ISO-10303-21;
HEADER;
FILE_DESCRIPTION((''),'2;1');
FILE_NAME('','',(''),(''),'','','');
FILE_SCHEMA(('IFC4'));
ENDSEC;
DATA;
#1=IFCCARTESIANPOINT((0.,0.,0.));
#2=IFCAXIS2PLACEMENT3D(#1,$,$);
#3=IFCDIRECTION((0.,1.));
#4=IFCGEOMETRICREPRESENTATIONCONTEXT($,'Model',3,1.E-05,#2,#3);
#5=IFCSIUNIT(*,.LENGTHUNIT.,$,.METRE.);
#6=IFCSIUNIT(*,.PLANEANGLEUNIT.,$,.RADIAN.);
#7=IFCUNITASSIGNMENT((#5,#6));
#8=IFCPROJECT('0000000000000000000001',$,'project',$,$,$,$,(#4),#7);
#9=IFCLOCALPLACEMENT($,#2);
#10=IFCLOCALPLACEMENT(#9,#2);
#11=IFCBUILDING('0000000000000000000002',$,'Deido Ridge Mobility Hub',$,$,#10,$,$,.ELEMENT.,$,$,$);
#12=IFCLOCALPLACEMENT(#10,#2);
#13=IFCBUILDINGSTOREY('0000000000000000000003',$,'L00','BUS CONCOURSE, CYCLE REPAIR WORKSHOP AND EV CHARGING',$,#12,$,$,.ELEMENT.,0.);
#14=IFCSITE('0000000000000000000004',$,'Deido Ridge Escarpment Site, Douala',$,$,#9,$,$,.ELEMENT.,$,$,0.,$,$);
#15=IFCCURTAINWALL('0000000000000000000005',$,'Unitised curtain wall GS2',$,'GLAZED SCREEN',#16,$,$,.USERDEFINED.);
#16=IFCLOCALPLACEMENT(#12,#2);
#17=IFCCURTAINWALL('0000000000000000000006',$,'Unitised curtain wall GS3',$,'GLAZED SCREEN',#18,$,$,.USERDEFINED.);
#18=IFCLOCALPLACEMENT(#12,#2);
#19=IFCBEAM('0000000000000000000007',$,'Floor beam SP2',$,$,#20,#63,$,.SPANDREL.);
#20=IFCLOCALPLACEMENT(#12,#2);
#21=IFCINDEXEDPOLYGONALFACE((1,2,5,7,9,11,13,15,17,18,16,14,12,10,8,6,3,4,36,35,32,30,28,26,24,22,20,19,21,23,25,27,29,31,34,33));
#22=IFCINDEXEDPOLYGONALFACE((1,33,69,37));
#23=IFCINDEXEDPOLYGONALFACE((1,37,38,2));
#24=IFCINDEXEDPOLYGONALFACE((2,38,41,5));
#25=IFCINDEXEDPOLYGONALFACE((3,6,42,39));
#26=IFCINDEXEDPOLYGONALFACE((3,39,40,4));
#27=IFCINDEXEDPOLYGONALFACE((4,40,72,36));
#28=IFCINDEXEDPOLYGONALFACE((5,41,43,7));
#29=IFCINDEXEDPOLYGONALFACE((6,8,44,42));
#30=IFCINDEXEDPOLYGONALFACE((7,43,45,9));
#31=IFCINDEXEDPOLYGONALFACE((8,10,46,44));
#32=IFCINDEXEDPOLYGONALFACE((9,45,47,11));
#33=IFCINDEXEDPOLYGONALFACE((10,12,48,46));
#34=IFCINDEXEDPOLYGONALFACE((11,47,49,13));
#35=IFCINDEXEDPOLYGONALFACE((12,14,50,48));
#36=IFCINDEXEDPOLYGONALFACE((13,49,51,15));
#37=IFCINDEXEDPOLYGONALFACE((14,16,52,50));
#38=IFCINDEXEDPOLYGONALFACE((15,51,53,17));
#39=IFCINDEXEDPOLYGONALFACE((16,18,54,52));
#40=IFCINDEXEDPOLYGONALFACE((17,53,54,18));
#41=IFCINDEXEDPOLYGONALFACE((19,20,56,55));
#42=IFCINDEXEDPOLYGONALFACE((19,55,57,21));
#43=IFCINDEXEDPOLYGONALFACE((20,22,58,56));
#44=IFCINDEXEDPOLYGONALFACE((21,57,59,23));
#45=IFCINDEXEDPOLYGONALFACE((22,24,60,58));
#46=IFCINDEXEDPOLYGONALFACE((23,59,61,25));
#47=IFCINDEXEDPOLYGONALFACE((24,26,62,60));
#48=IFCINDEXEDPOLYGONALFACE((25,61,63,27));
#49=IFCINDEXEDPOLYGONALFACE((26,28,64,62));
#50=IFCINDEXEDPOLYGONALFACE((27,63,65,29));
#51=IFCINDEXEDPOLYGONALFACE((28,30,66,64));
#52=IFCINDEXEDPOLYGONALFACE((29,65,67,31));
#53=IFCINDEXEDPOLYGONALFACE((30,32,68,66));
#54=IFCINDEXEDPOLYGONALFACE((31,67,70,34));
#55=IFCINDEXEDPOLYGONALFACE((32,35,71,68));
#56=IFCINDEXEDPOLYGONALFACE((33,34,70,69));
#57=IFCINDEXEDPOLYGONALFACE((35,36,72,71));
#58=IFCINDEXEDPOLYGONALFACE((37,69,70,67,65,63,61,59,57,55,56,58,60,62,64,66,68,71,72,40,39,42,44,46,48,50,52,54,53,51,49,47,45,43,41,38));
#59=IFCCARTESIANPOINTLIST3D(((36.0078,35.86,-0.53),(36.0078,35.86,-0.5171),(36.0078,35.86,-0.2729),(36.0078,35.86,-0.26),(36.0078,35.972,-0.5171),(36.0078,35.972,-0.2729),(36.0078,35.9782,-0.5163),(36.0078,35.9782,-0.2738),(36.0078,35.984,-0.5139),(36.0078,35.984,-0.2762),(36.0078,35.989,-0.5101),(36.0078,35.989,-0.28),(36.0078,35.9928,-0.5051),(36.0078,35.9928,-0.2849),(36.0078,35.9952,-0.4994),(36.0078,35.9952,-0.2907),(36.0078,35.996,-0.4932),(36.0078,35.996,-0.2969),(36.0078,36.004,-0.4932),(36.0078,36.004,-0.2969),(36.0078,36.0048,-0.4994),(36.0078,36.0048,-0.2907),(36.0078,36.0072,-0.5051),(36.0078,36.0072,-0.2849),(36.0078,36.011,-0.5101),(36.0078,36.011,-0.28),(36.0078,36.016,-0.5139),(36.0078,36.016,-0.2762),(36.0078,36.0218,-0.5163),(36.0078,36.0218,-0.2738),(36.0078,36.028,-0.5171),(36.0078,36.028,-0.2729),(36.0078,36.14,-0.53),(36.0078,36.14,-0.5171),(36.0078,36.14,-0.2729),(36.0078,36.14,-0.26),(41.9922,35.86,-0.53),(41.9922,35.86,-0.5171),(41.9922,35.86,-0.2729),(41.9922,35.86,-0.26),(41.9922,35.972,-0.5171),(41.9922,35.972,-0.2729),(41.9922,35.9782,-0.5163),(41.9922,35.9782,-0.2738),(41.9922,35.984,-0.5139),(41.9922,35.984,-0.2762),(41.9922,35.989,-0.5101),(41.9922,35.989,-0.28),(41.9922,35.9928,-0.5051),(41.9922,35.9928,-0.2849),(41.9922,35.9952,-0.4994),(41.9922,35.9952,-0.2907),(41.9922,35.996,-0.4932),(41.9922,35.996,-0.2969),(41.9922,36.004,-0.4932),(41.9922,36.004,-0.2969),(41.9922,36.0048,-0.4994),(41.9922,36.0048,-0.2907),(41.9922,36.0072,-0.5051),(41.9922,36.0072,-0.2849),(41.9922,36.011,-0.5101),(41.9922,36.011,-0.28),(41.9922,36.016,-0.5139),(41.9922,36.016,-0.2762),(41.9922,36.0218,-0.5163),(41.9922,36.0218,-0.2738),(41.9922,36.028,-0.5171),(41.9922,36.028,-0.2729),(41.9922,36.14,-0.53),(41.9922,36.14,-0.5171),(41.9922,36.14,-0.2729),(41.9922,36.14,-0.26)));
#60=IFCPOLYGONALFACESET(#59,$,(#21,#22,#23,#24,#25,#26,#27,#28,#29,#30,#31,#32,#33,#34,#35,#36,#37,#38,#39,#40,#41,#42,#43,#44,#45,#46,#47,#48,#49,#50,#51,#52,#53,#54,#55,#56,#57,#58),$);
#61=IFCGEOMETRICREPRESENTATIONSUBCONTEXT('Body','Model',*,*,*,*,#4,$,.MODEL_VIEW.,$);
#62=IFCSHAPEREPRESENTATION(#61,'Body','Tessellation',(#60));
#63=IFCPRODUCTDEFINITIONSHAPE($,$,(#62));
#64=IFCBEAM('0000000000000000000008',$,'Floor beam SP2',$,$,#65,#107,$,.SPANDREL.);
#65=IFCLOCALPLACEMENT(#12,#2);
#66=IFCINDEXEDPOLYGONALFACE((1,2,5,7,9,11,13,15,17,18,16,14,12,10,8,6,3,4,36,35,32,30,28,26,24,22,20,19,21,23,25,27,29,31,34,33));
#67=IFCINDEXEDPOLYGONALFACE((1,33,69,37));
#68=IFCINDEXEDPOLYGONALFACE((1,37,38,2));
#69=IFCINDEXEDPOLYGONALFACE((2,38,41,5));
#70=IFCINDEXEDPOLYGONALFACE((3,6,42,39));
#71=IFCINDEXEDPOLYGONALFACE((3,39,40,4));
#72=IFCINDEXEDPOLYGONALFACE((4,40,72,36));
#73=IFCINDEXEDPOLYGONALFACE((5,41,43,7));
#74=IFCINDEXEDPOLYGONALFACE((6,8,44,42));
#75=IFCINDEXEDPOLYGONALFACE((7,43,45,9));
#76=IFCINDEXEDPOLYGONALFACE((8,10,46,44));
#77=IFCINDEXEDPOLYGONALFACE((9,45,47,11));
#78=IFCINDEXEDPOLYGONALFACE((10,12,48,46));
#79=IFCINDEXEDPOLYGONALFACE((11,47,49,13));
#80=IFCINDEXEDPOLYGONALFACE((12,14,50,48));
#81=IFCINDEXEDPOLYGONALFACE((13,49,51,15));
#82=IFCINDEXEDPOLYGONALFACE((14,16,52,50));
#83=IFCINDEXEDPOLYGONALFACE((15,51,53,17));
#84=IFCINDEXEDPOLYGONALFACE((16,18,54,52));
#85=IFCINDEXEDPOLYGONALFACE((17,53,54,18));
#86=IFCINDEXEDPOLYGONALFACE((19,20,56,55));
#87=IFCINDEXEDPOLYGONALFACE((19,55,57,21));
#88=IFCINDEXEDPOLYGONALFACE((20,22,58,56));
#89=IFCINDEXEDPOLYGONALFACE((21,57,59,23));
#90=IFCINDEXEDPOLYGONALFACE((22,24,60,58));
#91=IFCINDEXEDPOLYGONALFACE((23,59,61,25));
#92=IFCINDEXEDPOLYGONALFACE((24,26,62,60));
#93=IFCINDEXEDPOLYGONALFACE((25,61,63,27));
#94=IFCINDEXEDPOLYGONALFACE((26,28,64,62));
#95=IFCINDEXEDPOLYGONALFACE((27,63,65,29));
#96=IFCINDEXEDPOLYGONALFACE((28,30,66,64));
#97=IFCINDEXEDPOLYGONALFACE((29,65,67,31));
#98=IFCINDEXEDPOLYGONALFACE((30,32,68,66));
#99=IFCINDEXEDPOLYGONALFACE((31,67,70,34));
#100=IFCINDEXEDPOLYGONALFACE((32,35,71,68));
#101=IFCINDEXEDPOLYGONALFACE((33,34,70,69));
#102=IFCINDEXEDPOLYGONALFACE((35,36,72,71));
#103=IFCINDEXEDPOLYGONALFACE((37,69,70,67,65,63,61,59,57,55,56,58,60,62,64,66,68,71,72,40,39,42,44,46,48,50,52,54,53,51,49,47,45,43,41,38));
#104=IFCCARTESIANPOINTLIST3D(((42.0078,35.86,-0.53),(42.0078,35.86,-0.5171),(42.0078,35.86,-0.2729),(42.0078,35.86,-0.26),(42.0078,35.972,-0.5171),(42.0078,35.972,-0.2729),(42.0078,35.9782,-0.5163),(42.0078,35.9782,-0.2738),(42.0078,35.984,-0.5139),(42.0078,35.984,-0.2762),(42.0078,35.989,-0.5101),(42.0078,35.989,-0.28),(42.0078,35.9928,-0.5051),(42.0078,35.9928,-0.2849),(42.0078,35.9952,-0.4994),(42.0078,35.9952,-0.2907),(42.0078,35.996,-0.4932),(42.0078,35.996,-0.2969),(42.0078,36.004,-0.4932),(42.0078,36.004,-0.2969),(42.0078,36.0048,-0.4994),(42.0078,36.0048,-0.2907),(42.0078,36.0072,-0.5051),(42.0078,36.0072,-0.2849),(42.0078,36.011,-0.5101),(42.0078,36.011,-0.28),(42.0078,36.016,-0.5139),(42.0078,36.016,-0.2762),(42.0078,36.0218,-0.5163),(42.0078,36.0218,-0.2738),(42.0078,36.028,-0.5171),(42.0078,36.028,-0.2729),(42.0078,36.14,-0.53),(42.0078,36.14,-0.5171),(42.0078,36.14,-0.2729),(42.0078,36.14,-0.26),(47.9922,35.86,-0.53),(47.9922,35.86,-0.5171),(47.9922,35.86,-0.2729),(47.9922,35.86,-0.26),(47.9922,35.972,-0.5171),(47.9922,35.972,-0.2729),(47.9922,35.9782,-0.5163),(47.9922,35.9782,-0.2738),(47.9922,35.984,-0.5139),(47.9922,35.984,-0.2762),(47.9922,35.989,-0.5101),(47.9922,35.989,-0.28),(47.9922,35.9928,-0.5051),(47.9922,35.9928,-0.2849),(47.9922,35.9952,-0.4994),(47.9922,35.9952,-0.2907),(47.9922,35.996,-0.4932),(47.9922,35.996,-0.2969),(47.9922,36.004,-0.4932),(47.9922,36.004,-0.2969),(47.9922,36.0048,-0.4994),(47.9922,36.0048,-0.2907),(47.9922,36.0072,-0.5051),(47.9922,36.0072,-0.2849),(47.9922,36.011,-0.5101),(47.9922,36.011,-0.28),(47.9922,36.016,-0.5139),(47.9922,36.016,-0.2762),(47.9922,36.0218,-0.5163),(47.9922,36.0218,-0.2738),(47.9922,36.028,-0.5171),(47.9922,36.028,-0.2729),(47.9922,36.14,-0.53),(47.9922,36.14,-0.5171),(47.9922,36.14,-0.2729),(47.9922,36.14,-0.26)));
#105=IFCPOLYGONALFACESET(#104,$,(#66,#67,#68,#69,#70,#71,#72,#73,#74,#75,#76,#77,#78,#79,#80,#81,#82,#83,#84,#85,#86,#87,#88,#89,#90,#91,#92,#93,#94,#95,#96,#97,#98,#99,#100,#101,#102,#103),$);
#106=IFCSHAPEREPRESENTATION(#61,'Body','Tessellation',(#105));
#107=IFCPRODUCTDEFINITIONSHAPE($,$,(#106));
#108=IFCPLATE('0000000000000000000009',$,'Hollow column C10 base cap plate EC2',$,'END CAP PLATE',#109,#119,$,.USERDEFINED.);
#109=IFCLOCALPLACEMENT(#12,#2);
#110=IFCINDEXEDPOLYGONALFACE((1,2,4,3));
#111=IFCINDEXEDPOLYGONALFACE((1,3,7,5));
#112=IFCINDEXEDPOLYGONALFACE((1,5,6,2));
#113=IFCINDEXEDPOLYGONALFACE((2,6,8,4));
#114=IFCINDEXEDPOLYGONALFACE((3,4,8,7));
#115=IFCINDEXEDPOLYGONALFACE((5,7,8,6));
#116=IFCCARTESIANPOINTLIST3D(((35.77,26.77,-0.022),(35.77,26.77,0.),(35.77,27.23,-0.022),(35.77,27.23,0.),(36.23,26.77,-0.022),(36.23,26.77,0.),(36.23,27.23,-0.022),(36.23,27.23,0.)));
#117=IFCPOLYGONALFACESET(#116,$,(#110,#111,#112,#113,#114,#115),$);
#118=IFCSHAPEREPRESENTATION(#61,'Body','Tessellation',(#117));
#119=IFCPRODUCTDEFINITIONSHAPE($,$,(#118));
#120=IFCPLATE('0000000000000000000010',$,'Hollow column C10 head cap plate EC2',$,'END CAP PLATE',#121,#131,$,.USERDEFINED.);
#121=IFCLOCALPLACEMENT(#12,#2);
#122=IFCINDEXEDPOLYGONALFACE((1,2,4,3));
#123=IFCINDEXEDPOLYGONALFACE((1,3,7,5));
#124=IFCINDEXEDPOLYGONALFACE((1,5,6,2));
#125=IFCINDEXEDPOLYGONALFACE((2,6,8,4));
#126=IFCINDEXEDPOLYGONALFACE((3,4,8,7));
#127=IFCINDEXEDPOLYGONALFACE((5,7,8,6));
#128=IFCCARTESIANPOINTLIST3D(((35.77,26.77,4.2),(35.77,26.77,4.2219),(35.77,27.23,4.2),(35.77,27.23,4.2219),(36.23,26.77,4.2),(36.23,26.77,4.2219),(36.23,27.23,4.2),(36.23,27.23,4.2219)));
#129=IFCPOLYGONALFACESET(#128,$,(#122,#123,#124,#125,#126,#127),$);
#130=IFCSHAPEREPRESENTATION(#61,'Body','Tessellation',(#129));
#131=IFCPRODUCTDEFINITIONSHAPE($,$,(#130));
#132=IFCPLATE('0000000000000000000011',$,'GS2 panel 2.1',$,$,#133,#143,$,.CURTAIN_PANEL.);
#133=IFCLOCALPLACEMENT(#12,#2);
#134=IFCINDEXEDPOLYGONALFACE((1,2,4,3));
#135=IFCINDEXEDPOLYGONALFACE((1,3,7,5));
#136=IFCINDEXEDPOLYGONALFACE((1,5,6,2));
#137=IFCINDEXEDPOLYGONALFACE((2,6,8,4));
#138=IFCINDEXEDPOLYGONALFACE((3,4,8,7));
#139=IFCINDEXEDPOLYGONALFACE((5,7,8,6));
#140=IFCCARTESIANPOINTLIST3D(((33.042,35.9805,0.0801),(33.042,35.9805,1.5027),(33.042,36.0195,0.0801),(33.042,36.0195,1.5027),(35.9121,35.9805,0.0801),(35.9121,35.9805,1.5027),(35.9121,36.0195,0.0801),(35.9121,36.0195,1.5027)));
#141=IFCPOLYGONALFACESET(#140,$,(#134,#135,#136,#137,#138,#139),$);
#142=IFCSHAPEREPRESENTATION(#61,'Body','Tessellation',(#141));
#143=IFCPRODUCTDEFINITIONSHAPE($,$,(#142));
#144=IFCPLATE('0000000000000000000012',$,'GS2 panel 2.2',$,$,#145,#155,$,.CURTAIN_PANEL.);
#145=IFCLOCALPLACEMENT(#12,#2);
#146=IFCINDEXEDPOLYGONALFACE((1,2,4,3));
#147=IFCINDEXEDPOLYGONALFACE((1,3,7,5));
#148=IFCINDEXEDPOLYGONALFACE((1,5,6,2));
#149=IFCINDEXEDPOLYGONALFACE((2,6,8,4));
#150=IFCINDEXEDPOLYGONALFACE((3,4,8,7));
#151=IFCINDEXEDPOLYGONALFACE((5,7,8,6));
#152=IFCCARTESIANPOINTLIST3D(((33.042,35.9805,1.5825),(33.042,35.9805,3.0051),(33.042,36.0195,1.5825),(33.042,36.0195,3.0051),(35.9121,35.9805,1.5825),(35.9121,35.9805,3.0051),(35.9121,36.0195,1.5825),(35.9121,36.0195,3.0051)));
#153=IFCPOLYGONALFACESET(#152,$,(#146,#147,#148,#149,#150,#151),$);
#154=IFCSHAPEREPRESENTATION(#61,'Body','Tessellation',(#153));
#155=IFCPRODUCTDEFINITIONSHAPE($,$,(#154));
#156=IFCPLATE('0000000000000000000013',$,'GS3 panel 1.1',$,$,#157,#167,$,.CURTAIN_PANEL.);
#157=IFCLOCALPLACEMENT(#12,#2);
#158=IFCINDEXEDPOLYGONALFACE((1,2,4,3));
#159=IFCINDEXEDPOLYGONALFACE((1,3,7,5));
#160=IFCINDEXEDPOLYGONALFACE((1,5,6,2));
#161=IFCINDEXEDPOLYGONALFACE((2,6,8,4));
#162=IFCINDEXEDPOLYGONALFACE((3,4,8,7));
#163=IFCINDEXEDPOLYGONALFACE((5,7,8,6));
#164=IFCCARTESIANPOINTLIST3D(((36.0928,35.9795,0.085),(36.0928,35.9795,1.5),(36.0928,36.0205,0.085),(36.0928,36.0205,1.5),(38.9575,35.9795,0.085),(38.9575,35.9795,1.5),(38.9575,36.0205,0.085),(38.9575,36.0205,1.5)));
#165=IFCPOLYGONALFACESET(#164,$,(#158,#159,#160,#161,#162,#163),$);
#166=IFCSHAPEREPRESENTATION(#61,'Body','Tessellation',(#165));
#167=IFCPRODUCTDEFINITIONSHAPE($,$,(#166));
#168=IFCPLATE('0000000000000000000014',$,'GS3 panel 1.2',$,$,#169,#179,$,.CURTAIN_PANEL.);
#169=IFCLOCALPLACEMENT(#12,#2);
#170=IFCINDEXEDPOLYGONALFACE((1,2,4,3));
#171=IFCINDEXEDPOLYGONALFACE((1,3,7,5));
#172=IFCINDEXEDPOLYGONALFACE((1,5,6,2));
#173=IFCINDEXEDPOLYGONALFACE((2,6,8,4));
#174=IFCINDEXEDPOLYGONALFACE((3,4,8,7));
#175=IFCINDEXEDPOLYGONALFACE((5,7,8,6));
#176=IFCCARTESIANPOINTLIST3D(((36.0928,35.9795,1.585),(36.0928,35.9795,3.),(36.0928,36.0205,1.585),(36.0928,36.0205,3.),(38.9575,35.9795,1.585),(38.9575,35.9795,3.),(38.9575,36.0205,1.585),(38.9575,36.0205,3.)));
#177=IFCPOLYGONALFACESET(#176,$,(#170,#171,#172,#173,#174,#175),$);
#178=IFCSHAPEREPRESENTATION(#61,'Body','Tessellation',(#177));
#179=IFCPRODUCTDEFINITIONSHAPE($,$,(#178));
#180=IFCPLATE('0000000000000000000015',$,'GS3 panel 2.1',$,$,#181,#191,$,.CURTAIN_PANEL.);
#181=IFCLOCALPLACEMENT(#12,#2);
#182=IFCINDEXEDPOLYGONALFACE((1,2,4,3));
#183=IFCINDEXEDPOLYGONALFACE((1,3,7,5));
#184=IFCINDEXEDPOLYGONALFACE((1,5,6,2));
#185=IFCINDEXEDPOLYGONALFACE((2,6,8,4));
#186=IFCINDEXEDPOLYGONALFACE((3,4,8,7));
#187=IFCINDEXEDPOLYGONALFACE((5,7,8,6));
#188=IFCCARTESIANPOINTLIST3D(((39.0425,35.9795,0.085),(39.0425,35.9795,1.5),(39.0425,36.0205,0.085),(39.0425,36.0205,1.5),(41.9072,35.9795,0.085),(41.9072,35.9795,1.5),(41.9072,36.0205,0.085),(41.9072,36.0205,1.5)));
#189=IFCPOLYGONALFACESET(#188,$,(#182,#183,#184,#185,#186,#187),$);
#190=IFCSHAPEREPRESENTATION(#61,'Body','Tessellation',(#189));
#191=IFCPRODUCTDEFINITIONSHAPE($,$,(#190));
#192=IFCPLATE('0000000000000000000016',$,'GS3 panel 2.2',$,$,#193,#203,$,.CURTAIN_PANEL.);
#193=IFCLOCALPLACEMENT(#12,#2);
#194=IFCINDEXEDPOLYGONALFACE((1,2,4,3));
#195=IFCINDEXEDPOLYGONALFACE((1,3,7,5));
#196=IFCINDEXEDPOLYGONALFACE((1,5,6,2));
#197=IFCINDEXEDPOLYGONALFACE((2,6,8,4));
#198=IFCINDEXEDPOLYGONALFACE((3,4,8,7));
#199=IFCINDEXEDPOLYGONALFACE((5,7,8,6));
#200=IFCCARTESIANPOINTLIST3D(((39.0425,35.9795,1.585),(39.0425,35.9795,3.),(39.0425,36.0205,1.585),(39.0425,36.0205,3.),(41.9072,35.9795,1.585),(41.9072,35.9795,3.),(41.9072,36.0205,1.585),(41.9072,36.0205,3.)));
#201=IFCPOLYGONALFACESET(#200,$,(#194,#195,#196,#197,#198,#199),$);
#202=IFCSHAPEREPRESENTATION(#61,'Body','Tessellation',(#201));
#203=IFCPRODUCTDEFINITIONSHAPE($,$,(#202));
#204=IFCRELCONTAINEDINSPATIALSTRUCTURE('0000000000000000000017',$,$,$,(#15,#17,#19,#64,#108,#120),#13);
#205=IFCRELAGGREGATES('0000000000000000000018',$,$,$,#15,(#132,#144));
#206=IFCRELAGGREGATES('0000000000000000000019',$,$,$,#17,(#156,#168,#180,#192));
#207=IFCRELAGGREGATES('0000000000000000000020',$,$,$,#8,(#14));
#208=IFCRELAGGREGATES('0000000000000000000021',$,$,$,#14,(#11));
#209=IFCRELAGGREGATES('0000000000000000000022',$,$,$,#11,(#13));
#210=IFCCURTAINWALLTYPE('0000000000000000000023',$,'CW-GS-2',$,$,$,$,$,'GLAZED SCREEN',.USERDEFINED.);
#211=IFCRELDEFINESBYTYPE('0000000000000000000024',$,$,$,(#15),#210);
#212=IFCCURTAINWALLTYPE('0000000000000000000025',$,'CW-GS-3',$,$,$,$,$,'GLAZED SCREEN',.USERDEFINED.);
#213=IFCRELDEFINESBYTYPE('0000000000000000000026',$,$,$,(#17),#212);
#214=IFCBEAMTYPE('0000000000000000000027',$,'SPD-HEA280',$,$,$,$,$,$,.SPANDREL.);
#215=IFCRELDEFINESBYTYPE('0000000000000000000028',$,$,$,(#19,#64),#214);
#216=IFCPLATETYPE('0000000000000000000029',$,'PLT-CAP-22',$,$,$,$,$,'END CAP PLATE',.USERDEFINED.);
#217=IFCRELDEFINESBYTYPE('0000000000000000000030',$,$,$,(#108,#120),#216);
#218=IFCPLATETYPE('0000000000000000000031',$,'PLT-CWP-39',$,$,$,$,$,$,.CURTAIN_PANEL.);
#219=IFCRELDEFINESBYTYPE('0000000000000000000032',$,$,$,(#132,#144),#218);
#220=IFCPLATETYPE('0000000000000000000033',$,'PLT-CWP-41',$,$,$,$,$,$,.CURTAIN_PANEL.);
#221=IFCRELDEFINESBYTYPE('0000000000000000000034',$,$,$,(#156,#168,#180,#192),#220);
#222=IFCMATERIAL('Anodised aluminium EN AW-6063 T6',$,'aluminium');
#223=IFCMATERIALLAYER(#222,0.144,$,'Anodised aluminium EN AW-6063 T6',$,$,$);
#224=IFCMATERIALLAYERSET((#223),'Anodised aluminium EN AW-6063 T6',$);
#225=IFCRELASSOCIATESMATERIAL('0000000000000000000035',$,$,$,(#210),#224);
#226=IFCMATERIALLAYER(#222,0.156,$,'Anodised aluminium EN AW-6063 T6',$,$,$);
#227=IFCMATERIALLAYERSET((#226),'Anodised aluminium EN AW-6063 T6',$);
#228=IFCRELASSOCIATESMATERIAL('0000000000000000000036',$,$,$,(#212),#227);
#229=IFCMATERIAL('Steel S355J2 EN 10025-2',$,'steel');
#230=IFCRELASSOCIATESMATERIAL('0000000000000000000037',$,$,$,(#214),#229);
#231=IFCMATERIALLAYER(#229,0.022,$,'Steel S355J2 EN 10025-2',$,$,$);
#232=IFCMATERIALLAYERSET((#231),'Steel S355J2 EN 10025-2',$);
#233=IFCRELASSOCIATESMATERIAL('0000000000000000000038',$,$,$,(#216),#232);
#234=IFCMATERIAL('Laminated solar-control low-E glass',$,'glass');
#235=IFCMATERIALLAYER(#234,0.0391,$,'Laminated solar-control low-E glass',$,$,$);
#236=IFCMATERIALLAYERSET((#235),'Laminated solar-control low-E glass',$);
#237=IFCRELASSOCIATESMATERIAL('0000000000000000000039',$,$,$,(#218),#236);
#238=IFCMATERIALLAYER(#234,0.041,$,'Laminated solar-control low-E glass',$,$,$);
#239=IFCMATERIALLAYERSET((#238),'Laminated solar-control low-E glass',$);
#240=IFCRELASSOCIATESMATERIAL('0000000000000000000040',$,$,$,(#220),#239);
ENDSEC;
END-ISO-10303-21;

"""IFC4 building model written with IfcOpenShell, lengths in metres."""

from ifc_helpers import new_model, si_unit, direction, frame, origin, origin_2d, place, context, subcontext, project, spatial, rectangle, i_section, extrude, material, layer, layer_set, material_profile, profile_set, type_object, element, aggregate, save


model = new_model("IFC4")

# Units and contexts
model_context = context("Model", 3, precision=1e-05, world=origin(), true_north=direction((0.0, 1.0)))
body_context = subcontext(model_context, "Body", "Model", "MODEL_VIEW")
ifc_project = project(units=[si_unit("LENGTHUNIT", "METRE"), si_unit("PLANEANGLEUNIT", "RADIAN")], contexts=[model_context])

# Site, building, storey
site_placement = place(None, origin())
site = spatial("IfcSite", under=ifc_project, at=site_placement, Name="Deido Ridge Escarpment Site, Douala", CompositionType="ELEMENT", RefElevation=0.0)
building_placement = place(site_placement, origin())
building = spatial("IfcBuilding", under=site, at=building_placement, Name="Deido Ridge Mobility Hub", CompositionType="ELEMENT")
storey_placement = place(building_placement, origin())
storey = spatial("IfcBuildingStorey", under=building, at=storey_placement, Name="L00", Description="BUS CONCOURSE, CYCLE REPAIR WORKSHOP AND EV CHARGING", CompositionType="ELEMENT", Elevation=0.0)

# Shared definitions
ifc_material_1 = material(Name="Steel S355J2 EN 10025-2", Category="steel")

# Curtain walls
ifc_material_2 = material(Name="Anodised aluminium EN AW-6063 T6", Category="aluminium")
ifc_layer_1 = layer(ifc_material_2, 0.144, Name="Anodised aluminium EN AW-6063 T6")
ifc_layer_set_1 = layer_set([ifc_layer_1], Name="Anodised aluminium EN AW-6063 T6")
curtain_wall_type_1 = type_object("IfcCurtainWallType", Name="CW-GS-2", ElementType="GLAZED SCREEN", PredefinedType="USERDEFINED", material=ifc_layer_set_1)
curtain_wall_1_placement = place(storey_placement, origin())
curtain_wall_1 = element("IfcCurtainWall", 1, at=curtain_wall_1_placement, inside=storey, type_object=curtain_wall_type_1, Name="Unitised curtain wall GS2", ObjectType="GLAZED SCREEN", PredefinedType="USERDEFINED")
ifc_layer_2 = layer(ifc_material_2, 0.156, Name="Anodised aluminium EN AW-6063 T6")
ifc_layer_set_2 = layer_set([ifc_layer_2], Name="Anodised aluminium EN AW-6063 T6")
curtain_wall_type_2 = type_object("IfcCurtainWallType", Name="CW-GS-3", ElementType="GLAZED SCREEN", PredefinedType="USERDEFINED", material=ifc_layer_set_2)
curtain_wall_2_placement = place(storey_placement, origin())
curtain_wall_2 = element("IfcCurtainWall", 2, at=curtain_wall_2_placement, inside=storey, type_object=curtain_wall_type_2, Name="Unitised curtain wall GS3", ObjectType="GLAZED SCREEN", PredefinedType="USERDEFINED")

# Beams
ifc_material_profile_1 = material_profile(ifc_material_1, i_section(OverallWidth=0.28, OverallDepth=0.27, WebThickness=0.0081, FlangeThickness=0.0129, FilletRadius=0.0239, at=origin_2d()), Name="HEA 280")
ifc_profile_set_1 = profile_set([ifc_material_profile_1], Name="Steel S355J2 EN 10025-2")
beam_type_1 = type_object("IfcBeamType", Name="SPD-HEA280", PredefinedType="SPANDREL", material=ifc_profile_set_1)
for number, where, z_axis, x_axis, name in (
    (3, (36.0078, 36.0, -0.395), (1.0, 0.0, 0.0), (0.0, 1.0, 0.0), "Floor beam SP2"),
    (4, (42.0078, 36.0, -0.395), (1.0, 0.0, 0.0), (0.0, 1.0, 0.0), "Floor beam SP2"),
):
    element("IfcBeam", number, at=place(storey_placement, frame(where, z_axis=z_axis, x_axis=x_axis)), inside=storey, type_object=beam_type_1, Name=name, PredefinedType="SPANDREL", context=body_context, shape_type="SweptSolid", body=[
        extrude(i_section(OverallWidth=0.28, OverallDepth=0.27, WebThickness=0.0081, FlangeThickness=0.0129, FilletRadius=0.0239, at=origin_2d()), origin(), (0.0, 0.0, 1.0), 5.9844),
    ])

# Plates
ifc_layer_3 = layer(ifc_material_1, 0.022, Name="Steel S355J2 EN 10025-2")
ifc_layer_set_3 = layer_set([ifc_layer_3], Name="Steel S355J2 EN 10025-2")
plate_type_1 = type_object("IfcPlateType", Name="PLT-CAP-22", ElementType="END CAP PLATE", PredefinedType="USERDEFINED", material=ifc_layer_set_3)
for number, where, z_axis, x_axis, name in (
    (5, (36.0, 27.0, -0.022), (0.0, 0.0, 1.0), (1.0, 0.0, 0.0), "Hollow column C10 base cap plate EC2"),
    (6, (36.0, 27.0, 4.2), (0.0, 0.0, 1.0), (1.0, 0.0, 0.0), "Hollow column C10 head cap plate EC2"),
):
    element("IfcPlate", number, at=place(storey_placement, frame(where, z_axis=z_axis, x_axis=x_axis)), inside=storey, type_object=plate_type_1, Name=name, ObjectType="END CAP PLATE", PredefinedType="USERDEFINED", context=body_context, shape_type="SweptSolid", body=[
        extrude(rectangle(XDim=0.46, YDim=0.46, at=origin_2d()), origin(), (0.0, 0.0, 1.0), 0.022),
    ])

# Plates
ifc_material_3 = material(Name="Laminated solar-control low-E glass", Category="glass")
ifc_layer_4 = layer(ifc_material_3, 0.0391, Name="Laminated solar-control low-E glass")
ifc_layer_set_4 = layer_set([ifc_layer_4], Name="Laminated solar-control low-E glass")
plate_type_2 = type_object("IfcPlateType", Name="PLT-CWP-39", PredefinedType="CURTAIN_PANEL", material=ifc_layer_set_4)
plate_1_placement = place(storey_placement, frame((34.4771, 36.0, 0.0801), z_axis=(0.0, 0.0, 1.0), x_axis=(1.0, 0.0, 0.0)))
plate_1 = element("IfcPlate", 7, at=plate_1_placement, type_object=plate_type_2, Name="GS2 panel 2.1", PredefinedType="CURTAIN_PANEL", context=body_context, shape_type="SweptSolid", body=[
    extrude(rectangle(XDim=2.8701, YDim=0.0391, at=origin_2d()), origin(), (0.0, 0.0, 1.0), 1.4226),
])
plate_2_placement = place(storey_placement, frame((34.4771, 36.0, 1.5825), z_axis=(0.0, 0.0, 1.0), x_axis=(1.0, 0.0, 0.0)))
plate_2 = element("IfcPlate", 8, at=plate_2_placement, type_object=plate_type_2, Name="GS2 panel 2.2", PredefinedType="CURTAIN_PANEL", context=body_context, shape_type="SweptSolid", body=[
    extrude(rectangle(XDim=2.8701, YDim=0.0391, at=origin_2d()), origin(), (0.0, 0.0, 1.0), 1.4226),
])
aggregate(curtain_wall_1, [plate_1, plate_2])
ifc_layer_5 = layer(ifc_material_3, 0.041, Name="Laminated solar-control low-E glass")
ifc_layer_set_5 = layer_set([ifc_layer_5], Name="Laminated solar-control low-E glass")
plate_type_3 = type_object("IfcPlateType", Name="PLT-CWP-41", PredefinedType="CURTAIN_PANEL", material=ifc_layer_set_5)
plate_3_placement = place(storey_placement, frame((37.5251, 36.0, 0.085), z_axis=(0.0, 0.0, 1.0), x_axis=(1.0, 0.0, 0.0)))
plate_3 = element("IfcPlate", 9, at=plate_3_placement, type_object=plate_type_3, Name="GS3 panel 1.1", PredefinedType="CURTAIN_PANEL", context=body_context, shape_type="SweptSolid", body=[
    extrude(rectangle(XDim=2.8647, YDim=0.041, at=origin_2d()), origin(), (0.0, 0.0, 1.0), 1.415),
])
plate_4_placement = place(storey_placement, frame((37.5251, 36.0, 1.585), z_axis=(0.0, 0.0, 1.0), x_axis=(1.0, 0.0, 0.0)))
plate_4 = element("IfcPlate", 10, at=plate_4_placement, type_object=plate_type_3, Name="GS3 panel 1.2", PredefinedType="CURTAIN_PANEL", context=body_context, shape_type="SweptSolid", body=[
    extrude(rectangle(XDim=2.8647, YDim=0.041, at=origin_2d()), origin(), (0.0, 0.0, 1.0), 1.415),
])
plate_5_placement = place(storey_placement, frame((40.4749, 36.0, 0.085), z_axis=(0.0, 0.0, 1.0), x_axis=(1.0, 0.0, 0.0)))
plate_5 = element("IfcPlate", 11, at=plate_5_placement, type_object=plate_type_3, Name="GS3 panel 2.1", PredefinedType="CURTAIN_PANEL", context=body_context, shape_type="SweptSolid", body=[
    extrude(rectangle(XDim=2.8647, YDim=0.041, at=origin_2d()), origin(), (0.0, 0.0, 1.0), 1.415),
])
plate_6_placement = place(storey_placement, frame((40.4749, 36.0, 1.585), z_axis=(0.0, 0.0, 1.0), x_axis=(1.0, 0.0, 0.0)))
plate_6 = element("IfcPlate", 12, at=plate_6_placement, type_object=plate_type_3, Name="GS3 panel 2.2", PredefinedType="CURTAIN_PANEL", context=body_context, shape_type="SweptSolid", body=[
    extrude(rectangle(XDim=2.8647, YDim=0.041, at=origin_2d()), origin(), (0.0, 0.0, 1.0), 1.415),
])
aggregate(curtain_wall_2, [plate_3, plate_4, plate_5, plate_6])

save(model, "model.ifc")
